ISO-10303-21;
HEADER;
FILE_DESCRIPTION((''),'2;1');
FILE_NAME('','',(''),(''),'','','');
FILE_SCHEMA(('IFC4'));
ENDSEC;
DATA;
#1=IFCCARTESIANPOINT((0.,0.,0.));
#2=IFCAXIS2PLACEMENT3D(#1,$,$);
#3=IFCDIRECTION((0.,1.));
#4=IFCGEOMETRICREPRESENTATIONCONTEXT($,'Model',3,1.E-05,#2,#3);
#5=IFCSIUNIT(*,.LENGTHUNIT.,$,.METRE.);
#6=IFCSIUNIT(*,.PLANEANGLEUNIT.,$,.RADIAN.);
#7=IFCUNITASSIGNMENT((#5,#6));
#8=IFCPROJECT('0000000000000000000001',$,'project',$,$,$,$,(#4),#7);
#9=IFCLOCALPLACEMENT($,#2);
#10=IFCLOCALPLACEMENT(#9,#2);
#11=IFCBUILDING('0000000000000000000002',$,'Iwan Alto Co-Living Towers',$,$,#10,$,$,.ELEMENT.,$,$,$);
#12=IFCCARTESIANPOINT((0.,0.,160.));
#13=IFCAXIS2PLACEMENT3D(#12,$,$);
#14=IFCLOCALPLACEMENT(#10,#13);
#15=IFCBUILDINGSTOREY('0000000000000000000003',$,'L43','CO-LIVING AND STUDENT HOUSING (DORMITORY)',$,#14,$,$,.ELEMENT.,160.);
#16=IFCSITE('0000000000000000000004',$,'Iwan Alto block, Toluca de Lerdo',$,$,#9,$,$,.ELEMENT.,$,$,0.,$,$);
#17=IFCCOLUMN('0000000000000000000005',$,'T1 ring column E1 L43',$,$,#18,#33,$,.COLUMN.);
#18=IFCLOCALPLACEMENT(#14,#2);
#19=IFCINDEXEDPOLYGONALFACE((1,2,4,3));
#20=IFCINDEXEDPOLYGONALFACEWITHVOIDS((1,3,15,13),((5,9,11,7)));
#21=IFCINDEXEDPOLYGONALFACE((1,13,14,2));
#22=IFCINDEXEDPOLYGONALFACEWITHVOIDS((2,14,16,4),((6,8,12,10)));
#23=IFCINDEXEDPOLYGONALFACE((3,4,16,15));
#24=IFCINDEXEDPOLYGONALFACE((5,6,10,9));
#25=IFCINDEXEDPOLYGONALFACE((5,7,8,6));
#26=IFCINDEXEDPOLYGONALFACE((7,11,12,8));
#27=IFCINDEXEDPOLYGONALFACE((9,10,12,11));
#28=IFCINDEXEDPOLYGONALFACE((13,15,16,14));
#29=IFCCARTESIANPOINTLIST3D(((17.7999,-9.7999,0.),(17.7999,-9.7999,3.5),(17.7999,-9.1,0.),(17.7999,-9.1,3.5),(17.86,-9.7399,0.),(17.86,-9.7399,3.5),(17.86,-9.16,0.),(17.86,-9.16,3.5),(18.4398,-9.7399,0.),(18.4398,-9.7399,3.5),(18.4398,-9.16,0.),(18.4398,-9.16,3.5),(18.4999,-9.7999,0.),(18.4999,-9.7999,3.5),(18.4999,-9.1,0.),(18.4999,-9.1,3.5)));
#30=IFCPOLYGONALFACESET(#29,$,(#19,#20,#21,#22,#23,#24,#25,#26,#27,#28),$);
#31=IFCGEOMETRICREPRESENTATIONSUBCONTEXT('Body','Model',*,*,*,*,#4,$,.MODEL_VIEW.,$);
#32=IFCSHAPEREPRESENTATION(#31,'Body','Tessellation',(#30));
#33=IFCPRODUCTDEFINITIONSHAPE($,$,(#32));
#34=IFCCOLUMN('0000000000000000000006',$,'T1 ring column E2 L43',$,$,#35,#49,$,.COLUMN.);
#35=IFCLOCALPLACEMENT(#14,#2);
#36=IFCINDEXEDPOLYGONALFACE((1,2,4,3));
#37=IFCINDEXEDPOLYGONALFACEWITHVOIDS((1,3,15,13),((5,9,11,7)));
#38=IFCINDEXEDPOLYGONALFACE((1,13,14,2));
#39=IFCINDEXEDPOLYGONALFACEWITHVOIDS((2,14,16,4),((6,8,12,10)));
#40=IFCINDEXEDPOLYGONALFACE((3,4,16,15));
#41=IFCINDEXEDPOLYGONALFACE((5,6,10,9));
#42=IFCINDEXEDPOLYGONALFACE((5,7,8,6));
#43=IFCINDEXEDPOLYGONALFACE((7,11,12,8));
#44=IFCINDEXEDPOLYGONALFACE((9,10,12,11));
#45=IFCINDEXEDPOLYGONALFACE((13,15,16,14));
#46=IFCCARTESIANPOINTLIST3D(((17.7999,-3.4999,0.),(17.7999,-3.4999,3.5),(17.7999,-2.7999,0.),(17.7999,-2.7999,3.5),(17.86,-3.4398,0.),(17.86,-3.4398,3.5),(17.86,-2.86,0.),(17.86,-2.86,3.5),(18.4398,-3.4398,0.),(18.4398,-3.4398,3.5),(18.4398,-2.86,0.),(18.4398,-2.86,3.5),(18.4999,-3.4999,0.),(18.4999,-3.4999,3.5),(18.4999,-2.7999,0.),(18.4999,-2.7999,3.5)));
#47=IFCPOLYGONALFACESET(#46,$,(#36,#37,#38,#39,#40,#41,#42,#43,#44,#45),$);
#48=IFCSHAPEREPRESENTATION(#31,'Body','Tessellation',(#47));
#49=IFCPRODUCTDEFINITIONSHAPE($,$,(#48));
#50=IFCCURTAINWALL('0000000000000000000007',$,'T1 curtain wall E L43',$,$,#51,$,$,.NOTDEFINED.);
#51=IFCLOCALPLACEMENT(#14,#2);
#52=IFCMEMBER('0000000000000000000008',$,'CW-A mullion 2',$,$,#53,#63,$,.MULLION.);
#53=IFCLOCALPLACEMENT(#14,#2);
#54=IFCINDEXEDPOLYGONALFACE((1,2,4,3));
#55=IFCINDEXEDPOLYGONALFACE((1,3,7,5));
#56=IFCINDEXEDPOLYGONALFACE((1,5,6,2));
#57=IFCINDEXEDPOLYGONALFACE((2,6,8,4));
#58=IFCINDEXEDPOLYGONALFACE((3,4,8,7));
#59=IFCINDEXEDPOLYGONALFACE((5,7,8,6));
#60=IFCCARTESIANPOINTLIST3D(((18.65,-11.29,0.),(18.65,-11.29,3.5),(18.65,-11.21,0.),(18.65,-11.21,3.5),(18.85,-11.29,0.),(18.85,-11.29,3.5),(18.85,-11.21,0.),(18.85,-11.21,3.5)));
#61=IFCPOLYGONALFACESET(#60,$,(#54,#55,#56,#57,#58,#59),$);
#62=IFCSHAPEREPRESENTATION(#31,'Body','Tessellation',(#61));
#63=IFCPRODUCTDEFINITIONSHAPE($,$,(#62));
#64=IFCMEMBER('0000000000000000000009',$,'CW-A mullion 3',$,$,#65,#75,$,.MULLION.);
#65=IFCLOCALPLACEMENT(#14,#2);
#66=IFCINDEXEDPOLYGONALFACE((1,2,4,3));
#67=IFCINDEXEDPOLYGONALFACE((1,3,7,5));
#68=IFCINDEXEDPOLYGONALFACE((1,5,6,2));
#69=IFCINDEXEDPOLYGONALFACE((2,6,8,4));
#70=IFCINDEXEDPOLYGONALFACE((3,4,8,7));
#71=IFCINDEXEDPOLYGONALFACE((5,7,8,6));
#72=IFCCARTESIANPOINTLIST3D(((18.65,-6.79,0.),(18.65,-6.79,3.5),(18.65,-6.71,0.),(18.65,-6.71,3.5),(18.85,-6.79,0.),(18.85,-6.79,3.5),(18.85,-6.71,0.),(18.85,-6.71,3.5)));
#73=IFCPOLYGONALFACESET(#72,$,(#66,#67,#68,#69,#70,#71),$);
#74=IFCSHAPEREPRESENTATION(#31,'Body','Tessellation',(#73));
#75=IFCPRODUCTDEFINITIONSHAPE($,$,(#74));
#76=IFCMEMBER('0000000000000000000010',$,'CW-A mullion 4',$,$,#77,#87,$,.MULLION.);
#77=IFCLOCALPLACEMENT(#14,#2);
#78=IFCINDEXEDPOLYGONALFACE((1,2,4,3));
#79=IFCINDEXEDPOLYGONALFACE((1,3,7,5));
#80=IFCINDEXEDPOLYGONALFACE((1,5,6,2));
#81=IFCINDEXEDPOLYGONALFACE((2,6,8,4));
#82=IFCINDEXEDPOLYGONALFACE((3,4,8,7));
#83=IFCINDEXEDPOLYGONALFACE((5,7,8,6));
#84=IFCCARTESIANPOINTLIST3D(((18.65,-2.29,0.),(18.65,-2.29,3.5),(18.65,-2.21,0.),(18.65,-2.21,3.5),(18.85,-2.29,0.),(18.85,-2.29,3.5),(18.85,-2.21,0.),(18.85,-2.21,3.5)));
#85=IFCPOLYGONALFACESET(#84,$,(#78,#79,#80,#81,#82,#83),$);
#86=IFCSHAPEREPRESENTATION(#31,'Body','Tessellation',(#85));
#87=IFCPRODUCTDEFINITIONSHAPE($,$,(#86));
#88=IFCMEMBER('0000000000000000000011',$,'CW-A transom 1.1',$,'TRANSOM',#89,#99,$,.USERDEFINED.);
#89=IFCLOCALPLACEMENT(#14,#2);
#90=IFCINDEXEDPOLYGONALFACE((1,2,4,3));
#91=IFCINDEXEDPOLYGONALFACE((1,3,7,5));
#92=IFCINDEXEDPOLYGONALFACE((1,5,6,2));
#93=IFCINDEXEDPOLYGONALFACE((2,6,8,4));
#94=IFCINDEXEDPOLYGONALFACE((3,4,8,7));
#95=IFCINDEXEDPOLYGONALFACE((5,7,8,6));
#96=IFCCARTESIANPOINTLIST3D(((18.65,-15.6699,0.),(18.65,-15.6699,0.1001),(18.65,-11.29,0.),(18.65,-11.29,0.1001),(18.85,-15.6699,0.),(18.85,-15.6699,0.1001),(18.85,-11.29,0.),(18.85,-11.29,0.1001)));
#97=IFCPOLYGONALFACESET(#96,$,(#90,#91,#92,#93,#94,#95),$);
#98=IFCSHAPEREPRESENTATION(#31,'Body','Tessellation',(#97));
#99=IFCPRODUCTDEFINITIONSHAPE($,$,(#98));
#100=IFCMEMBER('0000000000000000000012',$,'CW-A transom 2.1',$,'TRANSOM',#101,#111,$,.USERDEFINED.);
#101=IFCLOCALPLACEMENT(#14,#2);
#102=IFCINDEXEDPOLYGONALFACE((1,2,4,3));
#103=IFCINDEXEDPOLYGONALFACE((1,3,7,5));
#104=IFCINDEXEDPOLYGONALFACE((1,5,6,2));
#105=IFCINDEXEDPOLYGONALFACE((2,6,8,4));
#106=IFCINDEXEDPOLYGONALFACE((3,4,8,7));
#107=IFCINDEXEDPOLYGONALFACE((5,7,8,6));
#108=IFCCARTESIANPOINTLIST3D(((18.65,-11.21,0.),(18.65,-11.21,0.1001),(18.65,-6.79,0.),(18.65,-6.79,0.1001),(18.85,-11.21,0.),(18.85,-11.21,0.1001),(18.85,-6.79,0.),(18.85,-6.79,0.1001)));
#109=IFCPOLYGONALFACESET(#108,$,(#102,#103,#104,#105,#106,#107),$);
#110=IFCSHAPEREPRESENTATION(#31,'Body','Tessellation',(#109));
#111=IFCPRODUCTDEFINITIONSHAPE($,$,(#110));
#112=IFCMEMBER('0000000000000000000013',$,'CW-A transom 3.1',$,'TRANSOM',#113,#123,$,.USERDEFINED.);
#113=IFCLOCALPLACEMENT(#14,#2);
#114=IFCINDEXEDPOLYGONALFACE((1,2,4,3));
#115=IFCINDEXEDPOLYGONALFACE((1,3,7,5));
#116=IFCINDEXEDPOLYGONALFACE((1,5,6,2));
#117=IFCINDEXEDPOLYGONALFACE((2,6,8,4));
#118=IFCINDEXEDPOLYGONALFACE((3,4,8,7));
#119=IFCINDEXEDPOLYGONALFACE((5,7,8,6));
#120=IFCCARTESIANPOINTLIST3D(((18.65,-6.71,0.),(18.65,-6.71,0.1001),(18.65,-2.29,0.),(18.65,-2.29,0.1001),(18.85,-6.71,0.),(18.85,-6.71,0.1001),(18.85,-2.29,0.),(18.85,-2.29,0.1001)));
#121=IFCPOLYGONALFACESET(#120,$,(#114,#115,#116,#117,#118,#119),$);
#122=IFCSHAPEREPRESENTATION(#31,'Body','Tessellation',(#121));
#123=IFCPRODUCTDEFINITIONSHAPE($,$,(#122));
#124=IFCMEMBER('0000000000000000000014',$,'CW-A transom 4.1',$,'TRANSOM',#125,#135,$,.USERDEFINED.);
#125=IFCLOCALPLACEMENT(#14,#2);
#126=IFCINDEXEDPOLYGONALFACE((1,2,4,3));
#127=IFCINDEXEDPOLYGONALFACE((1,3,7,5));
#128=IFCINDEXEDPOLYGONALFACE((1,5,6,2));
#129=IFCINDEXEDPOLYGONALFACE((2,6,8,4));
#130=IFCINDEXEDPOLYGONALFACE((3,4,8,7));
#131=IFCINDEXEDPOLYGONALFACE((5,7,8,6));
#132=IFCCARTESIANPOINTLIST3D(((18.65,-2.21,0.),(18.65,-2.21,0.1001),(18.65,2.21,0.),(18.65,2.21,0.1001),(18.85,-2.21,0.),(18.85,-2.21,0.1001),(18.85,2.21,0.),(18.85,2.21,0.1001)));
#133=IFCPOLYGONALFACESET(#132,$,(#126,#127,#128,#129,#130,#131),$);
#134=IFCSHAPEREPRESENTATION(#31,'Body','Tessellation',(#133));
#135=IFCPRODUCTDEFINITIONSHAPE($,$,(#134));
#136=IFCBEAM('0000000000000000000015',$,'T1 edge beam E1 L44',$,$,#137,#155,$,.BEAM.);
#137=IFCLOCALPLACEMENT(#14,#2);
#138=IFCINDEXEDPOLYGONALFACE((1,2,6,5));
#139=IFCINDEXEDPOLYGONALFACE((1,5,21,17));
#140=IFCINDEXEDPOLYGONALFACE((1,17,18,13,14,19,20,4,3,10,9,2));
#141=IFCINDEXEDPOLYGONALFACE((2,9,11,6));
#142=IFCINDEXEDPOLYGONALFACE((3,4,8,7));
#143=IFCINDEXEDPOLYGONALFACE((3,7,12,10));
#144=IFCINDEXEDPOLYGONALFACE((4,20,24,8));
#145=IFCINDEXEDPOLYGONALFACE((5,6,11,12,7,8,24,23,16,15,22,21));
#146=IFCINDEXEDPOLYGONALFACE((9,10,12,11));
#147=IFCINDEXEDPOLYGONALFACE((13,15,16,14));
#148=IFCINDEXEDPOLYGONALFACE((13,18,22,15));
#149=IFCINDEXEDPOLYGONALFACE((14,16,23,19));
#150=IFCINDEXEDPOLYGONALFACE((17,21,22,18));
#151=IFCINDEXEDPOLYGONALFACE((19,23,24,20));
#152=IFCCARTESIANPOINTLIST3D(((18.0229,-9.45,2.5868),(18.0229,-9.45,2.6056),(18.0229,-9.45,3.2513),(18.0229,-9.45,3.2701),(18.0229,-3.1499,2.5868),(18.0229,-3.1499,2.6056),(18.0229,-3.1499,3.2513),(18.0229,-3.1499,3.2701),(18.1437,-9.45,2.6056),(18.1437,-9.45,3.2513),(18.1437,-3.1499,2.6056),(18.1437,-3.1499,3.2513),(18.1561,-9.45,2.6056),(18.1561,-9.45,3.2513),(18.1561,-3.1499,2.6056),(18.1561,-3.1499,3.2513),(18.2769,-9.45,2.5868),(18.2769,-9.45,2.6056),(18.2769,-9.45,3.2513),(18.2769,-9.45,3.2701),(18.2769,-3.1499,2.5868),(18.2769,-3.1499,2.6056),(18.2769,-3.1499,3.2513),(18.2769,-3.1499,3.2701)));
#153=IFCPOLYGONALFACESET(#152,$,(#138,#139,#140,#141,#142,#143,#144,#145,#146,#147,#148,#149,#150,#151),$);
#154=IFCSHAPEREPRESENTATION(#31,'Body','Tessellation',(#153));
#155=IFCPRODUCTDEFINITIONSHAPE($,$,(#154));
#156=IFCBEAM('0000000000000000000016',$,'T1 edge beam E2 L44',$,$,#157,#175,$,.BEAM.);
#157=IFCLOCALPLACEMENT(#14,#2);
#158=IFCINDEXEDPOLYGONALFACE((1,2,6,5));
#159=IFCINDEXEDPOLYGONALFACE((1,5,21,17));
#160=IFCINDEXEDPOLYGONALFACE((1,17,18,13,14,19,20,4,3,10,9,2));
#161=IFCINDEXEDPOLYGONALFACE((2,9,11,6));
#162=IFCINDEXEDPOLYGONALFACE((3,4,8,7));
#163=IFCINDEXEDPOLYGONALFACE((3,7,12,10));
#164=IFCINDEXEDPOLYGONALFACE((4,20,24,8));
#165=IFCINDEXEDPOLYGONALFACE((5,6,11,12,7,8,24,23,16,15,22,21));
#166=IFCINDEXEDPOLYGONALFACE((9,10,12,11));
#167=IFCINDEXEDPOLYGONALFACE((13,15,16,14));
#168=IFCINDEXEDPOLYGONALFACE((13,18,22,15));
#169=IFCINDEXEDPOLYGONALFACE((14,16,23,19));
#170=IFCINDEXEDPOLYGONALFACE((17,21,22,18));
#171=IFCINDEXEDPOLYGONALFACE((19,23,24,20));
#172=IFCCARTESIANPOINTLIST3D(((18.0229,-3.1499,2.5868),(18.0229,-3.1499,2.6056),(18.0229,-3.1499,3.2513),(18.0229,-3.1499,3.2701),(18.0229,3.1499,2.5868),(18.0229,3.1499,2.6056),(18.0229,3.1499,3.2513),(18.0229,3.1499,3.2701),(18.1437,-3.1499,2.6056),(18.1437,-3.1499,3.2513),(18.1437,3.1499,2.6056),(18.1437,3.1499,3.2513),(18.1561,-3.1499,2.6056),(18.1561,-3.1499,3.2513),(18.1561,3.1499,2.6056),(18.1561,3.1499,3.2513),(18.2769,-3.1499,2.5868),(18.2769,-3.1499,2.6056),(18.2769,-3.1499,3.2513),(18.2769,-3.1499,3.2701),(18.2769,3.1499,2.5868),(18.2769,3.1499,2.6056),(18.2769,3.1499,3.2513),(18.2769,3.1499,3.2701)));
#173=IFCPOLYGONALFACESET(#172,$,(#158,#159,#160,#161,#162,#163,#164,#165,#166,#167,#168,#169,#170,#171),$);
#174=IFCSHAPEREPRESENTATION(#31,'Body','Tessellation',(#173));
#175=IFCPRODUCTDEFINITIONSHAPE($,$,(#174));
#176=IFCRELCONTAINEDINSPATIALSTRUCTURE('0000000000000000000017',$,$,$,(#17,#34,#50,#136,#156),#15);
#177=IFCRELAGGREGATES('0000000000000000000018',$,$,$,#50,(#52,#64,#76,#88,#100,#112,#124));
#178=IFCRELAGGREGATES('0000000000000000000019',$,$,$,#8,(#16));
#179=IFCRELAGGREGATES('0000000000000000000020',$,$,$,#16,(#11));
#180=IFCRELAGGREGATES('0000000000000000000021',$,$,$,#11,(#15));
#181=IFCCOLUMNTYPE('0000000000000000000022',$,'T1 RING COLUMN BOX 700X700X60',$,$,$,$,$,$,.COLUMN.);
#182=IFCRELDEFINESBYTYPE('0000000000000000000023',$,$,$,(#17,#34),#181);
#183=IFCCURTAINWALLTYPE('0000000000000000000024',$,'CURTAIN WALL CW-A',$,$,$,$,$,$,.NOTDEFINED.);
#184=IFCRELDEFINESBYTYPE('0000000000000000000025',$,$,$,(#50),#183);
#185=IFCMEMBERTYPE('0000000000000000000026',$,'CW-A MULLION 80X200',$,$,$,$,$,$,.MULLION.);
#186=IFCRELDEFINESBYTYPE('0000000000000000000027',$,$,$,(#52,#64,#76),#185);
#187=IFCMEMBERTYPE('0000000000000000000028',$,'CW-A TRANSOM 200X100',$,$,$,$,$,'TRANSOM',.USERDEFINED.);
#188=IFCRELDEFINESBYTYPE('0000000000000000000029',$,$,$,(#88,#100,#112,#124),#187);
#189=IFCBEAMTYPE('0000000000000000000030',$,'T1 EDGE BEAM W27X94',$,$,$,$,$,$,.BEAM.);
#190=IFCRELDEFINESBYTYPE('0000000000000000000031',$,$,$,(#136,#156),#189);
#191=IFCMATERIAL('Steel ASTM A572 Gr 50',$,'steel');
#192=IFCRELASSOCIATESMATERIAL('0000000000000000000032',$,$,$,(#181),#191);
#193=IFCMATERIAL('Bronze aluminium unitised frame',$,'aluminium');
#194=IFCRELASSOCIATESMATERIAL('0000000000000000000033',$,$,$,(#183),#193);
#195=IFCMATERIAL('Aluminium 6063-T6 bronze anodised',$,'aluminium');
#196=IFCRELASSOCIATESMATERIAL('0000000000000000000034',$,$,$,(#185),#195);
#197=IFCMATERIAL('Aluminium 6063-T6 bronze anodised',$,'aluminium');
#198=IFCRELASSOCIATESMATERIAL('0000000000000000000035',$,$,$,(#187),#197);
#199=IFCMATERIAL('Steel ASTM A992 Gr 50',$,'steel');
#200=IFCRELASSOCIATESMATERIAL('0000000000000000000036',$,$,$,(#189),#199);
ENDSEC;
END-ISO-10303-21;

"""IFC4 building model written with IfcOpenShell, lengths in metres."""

from ifc_helpers import new_model, si_unit, direction, frame, origin, origin_2d, place, context, subcontext, project, spatial, rectangle, hollow_rectangle, i_section, extrude, material, material_profile, profile_set, type_object, element, aggregate, save


model = new_model("IFC4")

# Units and contexts
model_context = context("Model", 3, precision=1e-05, world=origin(), true_north=direction((0.0, 1.0)))
body_context = subcontext(model_context, "Body", "Model", "MODEL_VIEW")
ifc_project = project(units=[si_unit("LENGTHUNIT", "METRE"), si_unit("PLANEANGLEUNIT", "RADIAN")], contexts=[model_context])

# Site, building, storey
site_placement = place(None, origin())
site = spatial("IfcSite", under=ifc_project, at=site_placement, Name="Iwan Alto block, Toluca de Lerdo", CompositionType="ELEMENT", RefElevation=0.0)
building_placement = place(site_placement, origin())
building = spatial("IfcBuilding", under=site, at=building_placement, Name="Iwan Alto Co-Living Towers", CompositionType="ELEMENT")
storey_placement = place(building_placement, frame((0.0, 0.0, 160.0)))
storey = spatial("IfcBuildingStorey", under=building, at=storey_placement, Name="L43", Description="CO-LIVING AND STUDENT HOUSING (DORMITORY)", CompositionType="ELEMENT", Elevation=160.0)

# Columns
ifc_material_1 = material(Name="Steel ASTM A572 Gr 50", Category="steel")
ifc_material_profile_1 = material_profile(ifc_material_1, hollow_rectangle(XDim=0.7, YDim=0.7, WallThickness=0.0601, at=origin_2d()), Name="BOX 700X700X60")
ifc_profile_set_1 = profile_set([ifc_material_profile_1], Name="Steel ASTM A572 Gr 50")
column_type = type_object("IfcColumnType", Name="T1 RING COLUMN BOX 700X700X60", PredefinedType="COLUMN", material=ifc_profile_set_1)
for number, where, z_axis, x_axis, name in (
    (1, (18.1499, -9.45, 0.0), (0.0, 0.0, 1.0), (1.0, 0.0, 0.0), "T1 ring column E1 L43"),
    (2, (18.1499, -3.1499, 0.0), (0.0, 0.0, 1.0), (1.0, 0.0, 0.0), "T1 ring column E2 L43"),
):
    element("IfcColumn", number, at=place(storey_placement, frame(where, z_axis=z_axis, x_axis=x_axis)), inside=storey, type_object=column_type, Name=name, PredefinedType="COLUMN", context=body_context, shape_type="SweptSolid", body=[
        extrude(hollow_rectangle(XDim=0.7, YDim=0.7, WallThickness=0.0601, at=origin_2d()), origin(), (0.0, 0.0, 1.0), 3.5),
    ])

# Curtain wall, members
ifc_material_2 = material(Name="Bronze aluminium unitised frame", Category="aluminium")
curtain_wall_type = type_object("IfcCurtainWallType", Name="CURTAIN WALL CW-A", PredefinedType="NOTDEFINED", material=ifc_material_2)
curtain_wall_placement = place(storey_placement, origin())
curtain_wall = element("IfcCurtainWall", 3, at=curtain_wall_placement, inside=storey, type_object=curtain_wall_type, Name="T1 curtain wall E L43", PredefinedType="NOTDEFINED")
ifc_material_3 = material(Name="Aluminium 6063-T6 bronze anodised", Category="aluminium")
ifc_material_profile_2 = material_profile(ifc_material_3, rectangle(XDim=0.2, YDim=0.0801, at=origin_2d()), Name="AL 80X200")
ifc_profile_set_2 = profile_set([ifc_material_profile_2], Name="Aluminium 6063-T6 bronze anodised")
member_type_1 = type_object("IfcMemberType", Name="CW-A MULLION 80X200", PredefinedType="MULLION", material=ifc_profile_set_2)
member_1_placement = place(storey_placement, frame((18.75, -11.25, 0.0), z_axis=(0.0, 0.0, 1.0), x_axis=(-1.0, 0.0, 0.0)))
member_1 = element("IfcMember", 4, at=member_1_placement, type_object=member_type_1, Name="CW-A mullion 2", PredefinedType="MULLION", context=body_context, shape_type="SweptSolid", body=[
    extrude(rectangle(XDim=0.2, YDim=0.0801, at=origin_2d()), origin(), (0.0, 0.0, 1.0), 3.5),
])
member_2_placement = place(storey_placement, frame((18.75, -6.75, 0.0), z_axis=(0.0, 0.0, 1.0), x_axis=(-1.0, 0.0, 0.0)))
member_2 = element("IfcMember", 5, at=member_2_placement, type_object=member_type_1, Name="CW-A mullion 3", PredefinedType="MULLION", context=body_context, shape_type="SweptSolid", body=[
    extrude(rectangle(XDim=0.2, YDim=0.0801, at=origin_2d()), origin(), (0.0, 0.0, 1.0), 3.5),
])
member_3_placement = place(storey_placement, frame((18.75, -2.25, 0.0), z_axis=(0.0, 0.0, 1.0), x_axis=(-1.0, 0.0, 0.0)))
member_3 = element("IfcMember", 6, at=member_3_placement, type_object=member_type_1, Name="CW-A mullion 4", PredefinedType="MULLION", context=body_context, shape_type="SweptSolid", body=[
    extrude(rectangle(XDim=0.2, YDim=0.0801, at=origin_2d()), origin(), (0.0, 0.0, 1.0), 3.5),
])
ifc_material_4 = material(Name="Aluminium 6063-T6 bronze anodised", Category="aluminium")
ifc_material_profile_3 = material_profile(ifc_material_4, rectangle(XDim=0.2, YDim=0.1001, at=origin_2d()), Name="AL 200X100")
ifc_profile_set_3 = profile_set([ifc_material_profile_3], Name="Aluminium 6063-T6 bronze anodised")
member_type_2 = type_object("IfcMemberType", Name="CW-A TRANSOM 200X100", ElementType="TRANSOM", PredefinedType="USERDEFINED", material=ifc_profile_set_3)
member_4_placement = place(storey_placement, frame((18.75, -15.6699, 0.05), z_axis=(0.0, 1.0, 0.0), x_axis=(-1.0, 0.0, 0.0)))
member_4 = element("IfcMember", 7, at=member_4_placement, type_object=member_type_2, Name="CW-A transom 1.1", ObjectType="TRANSOM", PredefinedType="USERDEFINED", context=body_context, shape_type="SweptSolid", body=[
    extrude(rectangle(XDim=0.2, YDim=0.1001, at=origin_2d()), origin(), (0.0, 0.0, 1.0), 4.3799),
])
member_5_placement = place(storey_placement, frame((18.75, -11.21, 0.05), z_axis=(0.0, 1.0, 0.0), x_axis=(-1.0, 0.0, 0.0)))
member_5 = element("IfcMember", 8, at=member_5_placement, type_object=member_type_2, Name="CW-A transom 2.1", ObjectType="TRANSOM", PredefinedType="USERDEFINED", context=body_context, shape_type="SweptSolid", body=[
    extrude(rectangle(XDim=0.2, YDim=0.1001, at=origin_2d()), origin(), (0.0, 0.0, 1.0), 4.4199),
])
member_6_placement = place(storey_placement, frame((18.75, -6.71, 0.05), z_axis=(0.0, 1.0, 0.0), x_axis=(-1.0, 0.0, 0.0)))
member_6 = element("IfcMember", 9, at=member_6_placement, type_object=member_type_2, Name="CW-A transom 3.1", ObjectType="TRANSOM", PredefinedType="USERDEFINED", context=body_context, shape_type="SweptSolid", body=[
    extrude(rectangle(XDim=0.2, YDim=0.1001, at=origin_2d()), origin(), (0.0, 0.0, 1.0), 4.4199),
])
member_7_placement = place(storey_placement, frame((18.75, -2.21, 0.05), z_axis=(0.0, 1.0, 0.0), x_axis=(-1.0, 0.0, 0.0)))
member_7 = element("IfcMember", 10, at=member_7_placement, type_object=member_type_2, Name="CW-A transom 4.1", ObjectType="TRANSOM", PredefinedType="USERDEFINED", context=body_context, shape_type="SweptSolid", body=[
    extrude(rectangle(XDim=0.2, YDim=0.1001, at=origin_2d()), origin(), (0.0, 0.0, 1.0), 4.4199),
])

# Beams
ifc_material_5 = material(Name="Steel ASTM A992 Gr 50", Category="steel")
ifc_material_profile_4 = material_profile(ifc_material_5, i_section(OverallWidth=0.2539, OverallDepth=0.6833, WebThickness=0.0125, FlangeThickness=0.0188, at=origin_2d()), Name="W27X94")
ifc_profile_set_4 = profile_set([ifc_material_profile_4], Name="Steel ASTM A992 Gr 50")
beam_type_1 = type_object("IfcBeamType", Name="T1 EDGE BEAM W27X94", PredefinedType="BEAM", material=ifc_profile_set_4)
beam_1_placement = place(storey_placement, frame((18.1499, -9.45, 2.9285), z_axis=(0.0, 1.0, 0.0), x_axis=(-1.0, 0.0, 0.0)))
element("IfcBeam", 11, at=beam_1_placement, inside=storey, type_object=beam_type_1, Name="T1 edge beam E1 L44", PredefinedType="BEAM", context=body_context, shape_type="SweptSolid", body=[
    extrude(i_section(OverallWidth=0.2539, OverallDepth=0.6833, WebThickness=0.0125, FlangeThickness=0.0188, at=origin_2d()), origin(), (0.0, 0.0, 1.0), 6.3),
])
beam_2_placement = place(storey_placement, frame((18.1499, -3.1499, 2.9285), z_axis=(0.0, 1.0, 0.0), x_axis=(-1.0, 0.0, 0.0)))
element("IfcBeam", 12, at=beam_2_placement, inside=storey, type_object=beam_type_1, Name="T1 edge beam E2 L44", PredefinedType="BEAM", context=body_context, shape_type="SweptSolid", body=[
    extrude(i_section(OverallWidth=0.2539, OverallDepth=0.6833, WebThickness=0.0125, FlangeThickness=0.0188, at=origin_2d()), origin(), (0.0, 0.0, 1.0), 6.2998),
])

aggregate(curtain_wall, [member_1, member_2, member_3, member_4, member_5, member_6, member_7])

save(model, "model.ifc")
